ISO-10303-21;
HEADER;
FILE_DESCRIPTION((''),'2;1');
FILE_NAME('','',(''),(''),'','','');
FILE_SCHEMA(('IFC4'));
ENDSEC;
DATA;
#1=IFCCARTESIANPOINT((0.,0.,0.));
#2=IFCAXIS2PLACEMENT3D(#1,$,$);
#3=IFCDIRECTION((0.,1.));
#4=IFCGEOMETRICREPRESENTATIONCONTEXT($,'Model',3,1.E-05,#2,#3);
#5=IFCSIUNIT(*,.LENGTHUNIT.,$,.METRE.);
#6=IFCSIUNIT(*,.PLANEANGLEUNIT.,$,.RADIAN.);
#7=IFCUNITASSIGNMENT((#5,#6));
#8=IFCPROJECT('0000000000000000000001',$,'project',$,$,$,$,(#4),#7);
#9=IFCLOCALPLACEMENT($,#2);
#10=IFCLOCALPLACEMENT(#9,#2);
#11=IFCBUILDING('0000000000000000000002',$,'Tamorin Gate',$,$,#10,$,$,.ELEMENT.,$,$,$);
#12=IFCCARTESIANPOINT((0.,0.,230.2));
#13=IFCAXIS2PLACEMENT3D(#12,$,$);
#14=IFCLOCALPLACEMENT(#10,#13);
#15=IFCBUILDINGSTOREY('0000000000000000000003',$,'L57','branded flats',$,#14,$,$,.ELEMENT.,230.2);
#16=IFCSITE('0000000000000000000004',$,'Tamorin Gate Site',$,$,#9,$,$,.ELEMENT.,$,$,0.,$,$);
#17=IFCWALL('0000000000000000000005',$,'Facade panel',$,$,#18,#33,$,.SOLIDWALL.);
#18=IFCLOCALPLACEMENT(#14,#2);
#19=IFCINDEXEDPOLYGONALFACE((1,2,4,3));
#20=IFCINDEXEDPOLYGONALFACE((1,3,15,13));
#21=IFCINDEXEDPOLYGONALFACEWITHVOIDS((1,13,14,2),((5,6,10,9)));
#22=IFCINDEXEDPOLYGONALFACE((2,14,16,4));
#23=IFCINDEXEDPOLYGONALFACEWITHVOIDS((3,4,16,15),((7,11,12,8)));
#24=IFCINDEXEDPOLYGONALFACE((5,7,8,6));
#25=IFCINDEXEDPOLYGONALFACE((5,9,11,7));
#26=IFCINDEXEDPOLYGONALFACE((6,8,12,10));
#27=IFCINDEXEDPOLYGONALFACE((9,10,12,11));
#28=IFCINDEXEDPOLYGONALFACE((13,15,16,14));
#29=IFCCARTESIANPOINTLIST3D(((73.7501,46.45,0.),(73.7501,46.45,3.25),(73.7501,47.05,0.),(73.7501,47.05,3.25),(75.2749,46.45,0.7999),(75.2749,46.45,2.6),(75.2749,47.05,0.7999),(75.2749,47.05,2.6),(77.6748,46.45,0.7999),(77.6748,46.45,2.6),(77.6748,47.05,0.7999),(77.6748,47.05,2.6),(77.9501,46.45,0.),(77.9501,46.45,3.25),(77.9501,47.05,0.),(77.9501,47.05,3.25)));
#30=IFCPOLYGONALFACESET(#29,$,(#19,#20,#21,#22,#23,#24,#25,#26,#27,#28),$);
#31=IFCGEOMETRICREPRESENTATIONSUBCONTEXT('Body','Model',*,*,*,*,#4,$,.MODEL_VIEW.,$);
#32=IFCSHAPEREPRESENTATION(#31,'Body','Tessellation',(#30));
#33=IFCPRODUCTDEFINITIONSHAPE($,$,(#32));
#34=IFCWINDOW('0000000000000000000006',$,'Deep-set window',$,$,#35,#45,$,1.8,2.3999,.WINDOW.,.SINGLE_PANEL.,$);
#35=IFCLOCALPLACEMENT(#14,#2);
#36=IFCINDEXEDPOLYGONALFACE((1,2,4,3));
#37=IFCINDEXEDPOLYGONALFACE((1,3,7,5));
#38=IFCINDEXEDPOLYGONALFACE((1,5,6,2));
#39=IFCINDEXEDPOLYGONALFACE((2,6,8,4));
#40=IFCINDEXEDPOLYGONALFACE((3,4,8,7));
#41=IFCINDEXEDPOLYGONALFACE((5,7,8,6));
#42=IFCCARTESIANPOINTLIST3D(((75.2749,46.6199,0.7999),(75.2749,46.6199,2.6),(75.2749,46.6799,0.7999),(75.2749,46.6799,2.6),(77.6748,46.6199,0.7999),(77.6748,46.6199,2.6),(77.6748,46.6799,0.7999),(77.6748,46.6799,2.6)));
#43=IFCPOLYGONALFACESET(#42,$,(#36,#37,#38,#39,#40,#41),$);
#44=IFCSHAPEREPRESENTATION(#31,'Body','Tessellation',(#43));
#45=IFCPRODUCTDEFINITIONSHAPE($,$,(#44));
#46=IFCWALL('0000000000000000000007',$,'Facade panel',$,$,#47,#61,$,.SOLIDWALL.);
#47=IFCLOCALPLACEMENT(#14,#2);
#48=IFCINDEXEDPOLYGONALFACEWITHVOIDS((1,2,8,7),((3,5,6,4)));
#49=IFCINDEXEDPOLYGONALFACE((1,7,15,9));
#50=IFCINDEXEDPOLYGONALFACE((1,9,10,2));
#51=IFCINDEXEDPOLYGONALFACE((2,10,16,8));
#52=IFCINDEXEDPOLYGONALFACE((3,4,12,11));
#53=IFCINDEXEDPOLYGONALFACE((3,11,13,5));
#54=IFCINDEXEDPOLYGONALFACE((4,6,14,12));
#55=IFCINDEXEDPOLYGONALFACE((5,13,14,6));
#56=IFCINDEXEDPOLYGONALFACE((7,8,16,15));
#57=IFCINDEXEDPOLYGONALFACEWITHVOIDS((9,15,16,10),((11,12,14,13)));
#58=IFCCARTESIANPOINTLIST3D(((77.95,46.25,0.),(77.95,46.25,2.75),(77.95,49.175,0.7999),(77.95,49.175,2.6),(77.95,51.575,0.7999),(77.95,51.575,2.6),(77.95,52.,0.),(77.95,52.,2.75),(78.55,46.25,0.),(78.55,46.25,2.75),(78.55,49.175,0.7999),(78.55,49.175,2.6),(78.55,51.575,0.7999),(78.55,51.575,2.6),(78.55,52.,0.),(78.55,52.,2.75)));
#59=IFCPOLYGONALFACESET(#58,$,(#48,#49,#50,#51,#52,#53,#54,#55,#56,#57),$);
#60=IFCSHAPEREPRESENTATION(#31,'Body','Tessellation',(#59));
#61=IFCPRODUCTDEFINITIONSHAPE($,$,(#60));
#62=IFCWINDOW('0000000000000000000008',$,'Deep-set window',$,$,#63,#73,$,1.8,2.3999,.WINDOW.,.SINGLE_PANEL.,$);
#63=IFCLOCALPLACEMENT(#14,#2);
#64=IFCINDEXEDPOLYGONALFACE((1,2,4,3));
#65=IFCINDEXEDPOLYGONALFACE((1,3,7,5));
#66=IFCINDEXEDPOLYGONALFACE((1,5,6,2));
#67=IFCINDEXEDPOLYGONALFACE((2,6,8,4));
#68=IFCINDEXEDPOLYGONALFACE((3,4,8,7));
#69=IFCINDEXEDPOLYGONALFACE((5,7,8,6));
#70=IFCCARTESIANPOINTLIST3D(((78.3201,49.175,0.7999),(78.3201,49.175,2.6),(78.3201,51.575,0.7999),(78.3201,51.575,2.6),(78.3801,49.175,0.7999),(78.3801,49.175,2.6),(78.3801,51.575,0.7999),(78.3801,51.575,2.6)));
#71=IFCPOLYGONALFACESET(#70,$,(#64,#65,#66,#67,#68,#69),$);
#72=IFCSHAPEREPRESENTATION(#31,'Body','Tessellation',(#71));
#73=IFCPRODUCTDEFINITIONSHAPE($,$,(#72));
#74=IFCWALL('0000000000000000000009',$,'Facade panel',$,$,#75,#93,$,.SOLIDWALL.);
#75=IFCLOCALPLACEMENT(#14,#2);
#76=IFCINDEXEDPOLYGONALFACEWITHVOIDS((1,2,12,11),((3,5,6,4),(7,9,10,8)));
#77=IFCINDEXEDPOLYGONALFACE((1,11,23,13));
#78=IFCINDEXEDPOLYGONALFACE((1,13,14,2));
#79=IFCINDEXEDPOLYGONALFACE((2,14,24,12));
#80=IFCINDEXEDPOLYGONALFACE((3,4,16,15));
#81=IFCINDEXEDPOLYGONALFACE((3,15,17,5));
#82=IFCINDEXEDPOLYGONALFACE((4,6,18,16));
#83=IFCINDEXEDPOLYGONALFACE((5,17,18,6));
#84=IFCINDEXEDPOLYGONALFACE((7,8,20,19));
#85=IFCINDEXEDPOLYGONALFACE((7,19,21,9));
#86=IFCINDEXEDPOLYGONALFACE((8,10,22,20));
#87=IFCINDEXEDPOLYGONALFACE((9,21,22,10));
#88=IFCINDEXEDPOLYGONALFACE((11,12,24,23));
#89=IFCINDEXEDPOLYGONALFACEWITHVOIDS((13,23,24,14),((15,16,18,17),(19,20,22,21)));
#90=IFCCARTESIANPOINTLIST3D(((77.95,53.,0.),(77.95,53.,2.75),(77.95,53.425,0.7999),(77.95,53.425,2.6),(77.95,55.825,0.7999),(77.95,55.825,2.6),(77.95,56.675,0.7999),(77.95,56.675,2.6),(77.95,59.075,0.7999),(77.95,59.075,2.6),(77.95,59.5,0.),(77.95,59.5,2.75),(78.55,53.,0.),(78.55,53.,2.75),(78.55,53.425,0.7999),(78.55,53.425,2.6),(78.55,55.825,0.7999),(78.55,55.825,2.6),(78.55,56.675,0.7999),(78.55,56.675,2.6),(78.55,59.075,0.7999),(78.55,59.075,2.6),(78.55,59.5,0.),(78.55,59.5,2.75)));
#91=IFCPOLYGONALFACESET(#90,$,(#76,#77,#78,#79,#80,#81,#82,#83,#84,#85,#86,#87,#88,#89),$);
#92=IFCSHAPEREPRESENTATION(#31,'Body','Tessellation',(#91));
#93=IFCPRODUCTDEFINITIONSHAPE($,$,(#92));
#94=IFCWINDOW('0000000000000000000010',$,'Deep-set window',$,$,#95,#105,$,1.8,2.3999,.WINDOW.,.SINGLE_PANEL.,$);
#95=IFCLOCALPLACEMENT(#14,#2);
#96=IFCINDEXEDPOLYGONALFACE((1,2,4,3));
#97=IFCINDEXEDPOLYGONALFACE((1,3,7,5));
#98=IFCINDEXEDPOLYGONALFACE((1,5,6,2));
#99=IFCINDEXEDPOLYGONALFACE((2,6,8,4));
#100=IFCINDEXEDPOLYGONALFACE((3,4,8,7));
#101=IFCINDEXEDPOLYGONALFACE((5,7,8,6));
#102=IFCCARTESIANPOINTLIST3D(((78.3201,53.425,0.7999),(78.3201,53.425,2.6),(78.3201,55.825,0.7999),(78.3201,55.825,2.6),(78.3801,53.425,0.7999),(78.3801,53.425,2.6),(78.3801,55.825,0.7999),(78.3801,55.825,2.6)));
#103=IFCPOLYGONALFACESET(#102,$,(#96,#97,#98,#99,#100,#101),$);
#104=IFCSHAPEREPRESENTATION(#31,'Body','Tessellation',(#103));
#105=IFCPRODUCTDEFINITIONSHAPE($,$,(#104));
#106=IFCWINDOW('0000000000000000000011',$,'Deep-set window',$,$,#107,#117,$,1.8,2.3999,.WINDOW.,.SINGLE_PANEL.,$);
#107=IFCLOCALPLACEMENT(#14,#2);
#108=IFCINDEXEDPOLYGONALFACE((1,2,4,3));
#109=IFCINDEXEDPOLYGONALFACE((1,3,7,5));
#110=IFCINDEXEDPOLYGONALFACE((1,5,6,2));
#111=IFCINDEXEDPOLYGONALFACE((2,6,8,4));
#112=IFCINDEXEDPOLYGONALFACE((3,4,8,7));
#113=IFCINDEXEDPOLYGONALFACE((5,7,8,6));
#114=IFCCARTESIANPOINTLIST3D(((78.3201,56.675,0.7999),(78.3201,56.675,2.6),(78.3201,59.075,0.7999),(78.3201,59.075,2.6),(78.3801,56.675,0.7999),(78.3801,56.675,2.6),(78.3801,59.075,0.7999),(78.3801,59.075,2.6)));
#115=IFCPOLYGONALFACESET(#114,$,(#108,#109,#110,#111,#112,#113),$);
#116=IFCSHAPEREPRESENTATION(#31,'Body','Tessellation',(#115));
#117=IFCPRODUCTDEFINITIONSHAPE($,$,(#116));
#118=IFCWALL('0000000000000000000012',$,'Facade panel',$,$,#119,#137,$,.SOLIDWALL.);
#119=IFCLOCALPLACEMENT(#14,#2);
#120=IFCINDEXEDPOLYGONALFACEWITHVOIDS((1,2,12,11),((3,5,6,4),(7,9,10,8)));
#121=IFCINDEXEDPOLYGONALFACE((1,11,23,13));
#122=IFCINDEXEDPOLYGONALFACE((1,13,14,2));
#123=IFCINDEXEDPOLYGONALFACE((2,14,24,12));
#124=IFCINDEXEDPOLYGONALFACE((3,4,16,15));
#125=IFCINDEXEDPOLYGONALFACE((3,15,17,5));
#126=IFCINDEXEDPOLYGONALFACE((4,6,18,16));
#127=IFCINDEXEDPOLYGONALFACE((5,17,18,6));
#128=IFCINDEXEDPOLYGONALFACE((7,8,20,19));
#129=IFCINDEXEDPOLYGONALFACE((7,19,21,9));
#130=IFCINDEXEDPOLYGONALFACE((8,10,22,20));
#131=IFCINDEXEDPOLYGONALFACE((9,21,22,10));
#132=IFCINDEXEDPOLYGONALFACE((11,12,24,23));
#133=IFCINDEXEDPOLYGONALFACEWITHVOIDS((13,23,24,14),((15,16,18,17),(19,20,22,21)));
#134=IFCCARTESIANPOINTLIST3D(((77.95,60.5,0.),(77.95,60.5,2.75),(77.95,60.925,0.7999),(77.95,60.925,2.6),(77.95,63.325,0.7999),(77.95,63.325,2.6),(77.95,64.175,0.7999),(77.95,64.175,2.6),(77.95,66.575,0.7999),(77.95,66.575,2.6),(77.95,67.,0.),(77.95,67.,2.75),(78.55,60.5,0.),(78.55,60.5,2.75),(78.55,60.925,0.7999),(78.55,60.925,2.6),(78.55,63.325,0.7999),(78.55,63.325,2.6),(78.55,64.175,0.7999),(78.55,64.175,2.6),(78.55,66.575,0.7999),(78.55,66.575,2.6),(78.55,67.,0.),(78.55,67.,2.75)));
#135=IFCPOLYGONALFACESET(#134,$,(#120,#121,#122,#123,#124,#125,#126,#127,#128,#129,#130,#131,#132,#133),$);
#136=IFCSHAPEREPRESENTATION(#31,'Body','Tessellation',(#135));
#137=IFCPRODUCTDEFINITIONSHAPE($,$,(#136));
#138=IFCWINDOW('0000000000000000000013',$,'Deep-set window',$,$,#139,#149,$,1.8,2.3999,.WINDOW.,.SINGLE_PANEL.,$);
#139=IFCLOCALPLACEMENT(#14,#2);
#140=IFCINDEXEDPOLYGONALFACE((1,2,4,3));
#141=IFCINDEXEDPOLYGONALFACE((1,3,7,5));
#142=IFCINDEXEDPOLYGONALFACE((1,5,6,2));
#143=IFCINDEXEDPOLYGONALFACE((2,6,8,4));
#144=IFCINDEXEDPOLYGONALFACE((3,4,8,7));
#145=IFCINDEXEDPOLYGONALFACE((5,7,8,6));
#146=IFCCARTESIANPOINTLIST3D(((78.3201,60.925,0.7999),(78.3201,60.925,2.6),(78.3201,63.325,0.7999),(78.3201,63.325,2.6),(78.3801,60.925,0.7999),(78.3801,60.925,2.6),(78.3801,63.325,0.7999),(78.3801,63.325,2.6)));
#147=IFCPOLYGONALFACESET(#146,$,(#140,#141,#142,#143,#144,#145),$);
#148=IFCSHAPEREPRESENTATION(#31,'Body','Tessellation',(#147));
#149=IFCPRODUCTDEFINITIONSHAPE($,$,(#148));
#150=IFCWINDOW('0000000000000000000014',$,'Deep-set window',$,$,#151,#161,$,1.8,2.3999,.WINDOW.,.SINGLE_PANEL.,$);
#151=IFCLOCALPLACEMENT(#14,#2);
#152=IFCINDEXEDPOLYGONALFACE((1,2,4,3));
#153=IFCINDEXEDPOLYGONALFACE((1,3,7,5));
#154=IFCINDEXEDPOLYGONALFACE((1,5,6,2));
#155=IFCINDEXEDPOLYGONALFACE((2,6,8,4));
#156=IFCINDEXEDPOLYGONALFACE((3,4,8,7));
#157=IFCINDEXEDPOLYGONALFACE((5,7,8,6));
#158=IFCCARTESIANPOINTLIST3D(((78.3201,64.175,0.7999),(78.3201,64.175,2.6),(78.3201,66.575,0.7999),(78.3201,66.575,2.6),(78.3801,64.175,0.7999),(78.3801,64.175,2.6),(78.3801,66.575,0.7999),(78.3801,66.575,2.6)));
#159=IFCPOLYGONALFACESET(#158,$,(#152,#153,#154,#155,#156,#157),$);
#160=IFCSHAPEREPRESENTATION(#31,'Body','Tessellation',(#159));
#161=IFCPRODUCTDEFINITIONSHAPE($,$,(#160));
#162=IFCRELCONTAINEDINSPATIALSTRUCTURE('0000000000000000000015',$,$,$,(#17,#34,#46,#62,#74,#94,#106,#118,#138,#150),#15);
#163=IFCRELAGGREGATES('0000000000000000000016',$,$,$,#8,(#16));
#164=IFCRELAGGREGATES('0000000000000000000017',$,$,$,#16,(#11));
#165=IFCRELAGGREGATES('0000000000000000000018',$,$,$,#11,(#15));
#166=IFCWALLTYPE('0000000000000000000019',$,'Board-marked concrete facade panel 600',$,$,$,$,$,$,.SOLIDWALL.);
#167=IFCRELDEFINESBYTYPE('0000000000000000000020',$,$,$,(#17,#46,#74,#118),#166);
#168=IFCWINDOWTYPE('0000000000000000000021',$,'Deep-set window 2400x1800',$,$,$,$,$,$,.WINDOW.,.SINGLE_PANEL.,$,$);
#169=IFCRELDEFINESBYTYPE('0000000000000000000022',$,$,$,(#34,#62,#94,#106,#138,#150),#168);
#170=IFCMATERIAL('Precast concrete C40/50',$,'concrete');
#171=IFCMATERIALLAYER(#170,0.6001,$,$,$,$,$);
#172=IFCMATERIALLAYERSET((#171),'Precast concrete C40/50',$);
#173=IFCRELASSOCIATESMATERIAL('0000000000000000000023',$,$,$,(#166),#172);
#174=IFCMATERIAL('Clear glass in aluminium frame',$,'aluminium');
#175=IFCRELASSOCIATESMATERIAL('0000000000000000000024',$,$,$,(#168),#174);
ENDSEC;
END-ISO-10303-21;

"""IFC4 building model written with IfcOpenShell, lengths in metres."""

from ifc_helpers import new_model, si_unit, direction, frame, frame_2d, origin, place, context, subcontext, project, spatial, rectangle, extrude, material, layer, layer_set, type_object, element, fill, save


model = new_model("IFC4")

# Units and contexts
model_context = context("Model", 3, precision=1e-05, world=origin(), true_north=direction((0.0, 1.0)))
body_context = subcontext(model_context, "Body", "Model", "MODEL_VIEW")
ifc_project = project(units=[si_unit("LENGTHUNIT", "METRE"), si_unit("PLANEANGLEUNIT", "RADIAN")], contexts=[model_context])

# Site, building, storey
site_placement = place(None, origin())
site = spatial("IfcSite", under=ifc_project, at=site_placement, Name="Tamorin Gate Site", CompositionType="ELEMENT", RefElevation=0.0)
building_placement = place(site_placement, origin())
building = spatial("IfcBuilding", under=site, at=building_placement, Name="Tamorin Gate", CompositionType="ELEMENT")
storey_placement = place(building_placement, frame((0.0, 0.0, 230.2)))
storey = spatial("IfcBuildingStorey", under=building, at=storey_placement, Name="L57", Description="branded flats", CompositionType="ELEMENT", Elevation=230.2)

# Walls, openings, windows
ifc_material_1 = material(Name="Precast concrete C40/50", Category="concrete")
ifc_layer = layer(ifc_material_1, 0.6001)
ifc_layer_set = layer_set([ifc_layer], Name="Precast concrete C40/50")
wall_type = type_object("IfcWallType", Name="Board-marked concrete facade panel 600", PredefinedType="SOLIDWALL", material=ifc_layer_set)
ifc_material_2 = material(Name="Clear glass in aluminium frame", Category="aluminium")
window_type = type_object("IfcWindowType", Name="Deep-set window 2400x1800", PartitioningType="SINGLE_PANEL", PredefinedType="WINDOW", material=ifc_material_2)
wall_1_placement = place(storey_placement, frame((73.75, 46.75, 0.0), z_axis=(0.0, 0.0, 1.0), x_axis=(1.0, 0.0, 0.0)))
wall_1 = element("IfcWall", 1, at=wall_1_placement, inside=storey, type_object=wall_type, Name="Facade panel", PredefinedType="SOLIDWALL", context=body_context, shape_type="SweptSolid", body=[
    extrude(rectangle(XDim=4.2, YDim=0.6001, at=frame_2d((2.1001, 0.0))), origin(), (0.0, 0.0, 1.0), 3.25),
])
opening_1_placement = place(wall_1_placement, frame((1.5249, 0.0, 0.8)))
opening_1 = element("IfcOpeningElement", 2, at=opening_1_placement, cuts=wall_1, PredefinedType="OPENING", context=body_context, shape_type="SweptSolid", body=[
    extrude(rectangle(XDim=2.3999, YDim=1.8, at=frame_2d((1.2, 0.8999))), frame((0.0, 0.3101, 0.0), z_axis=(0.0, -1.0, 0.0), x_axis=(1.0, 0.0, 0.0)), (0.0, 0.0, 1.0), 0.6201),
])
window_1_placement = place(opening_1_placement, origin())
window_1 = element("IfcWindow", 3, at=window_1_placement, inside=storey, type_object=window_type, Name="Deep-set window", OverallHeight=1.8, OverallWidth=2.3999, PartitioningType="SINGLE_PANEL", PredefinedType="WINDOW", context=body_context, shape_type="SweptSolid", body=[
    extrude(rectangle(XDim=2.3999, YDim=1.8, at=frame_2d((1.2, 0.8999))), frame((0.0, -0.0701, 0.0), z_axis=(0.0, -1.0, 0.0), x_axis=(1.0, 0.0, 0.0)), (0.0, 0.0, 1.0), 0.0601),
])
fill(opening_1, window_1)
wall_2_placement = place(storey_placement, frame((78.25, 46.25, 0.0), z_axis=(0.0, 0.0, 1.0), x_axis=(0.0, 1.0, 0.0)))
wall_2 = element("IfcWall", 4, at=wall_2_placement, inside=storey, type_object=wall_type, Name="Facade panel", PredefinedType="SOLIDWALL", context=body_context, shape_type="SweptSolid", body=[
    extrude(rectangle(XDim=5.75, YDim=0.6001, at=frame_2d((2.875, 0.0))), origin(), (0.0, 0.0, 1.0), 2.75),
])
opening_2_placement = place(wall_2_placement, frame((2.925, 0.0, 0.8)))
opening_2 = element("IfcOpeningElement", 5, at=opening_2_placement, cuts=wall_2, PredefinedType="OPENING", context=body_context, shape_type="SweptSolid", body=[
    extrude(rectangle(XDim=2.3999, YDim=1.8, at=frame_2d((1.2, 0.8999))), frame((0.0, 0.3101, 0.0), z_axis=(0.0, -1.0, 0.0), x_axis=(1.0, 0.0, 0.0)), (0.0, 0.0, 1.0), 0.6201),
])
window_2_placement = place(opening_2_placement, origin())
window_2 = element("IfcWindow", 6, at=window_2_placement, inside=storey, type_object=window_type, Name="Deep-set window", OverallHeight=1.8, OverallWidth=2.3999, PartitioningType="SINGLE_PANEL", PredefinedType="WINDOW", context=body_context, shape_type="SweptSolid", body=[
    extrude(rectangle(XDim=2.3999, YDim=1.8, at=frame_2d((1.2, 0.8999))), frame((0.0, -0.0701, 0.0), z_axis=(0.0, -1.0, 0.0), x_axis=(1.0, 0.0, 0.0)), (0.0, 0.0, 1.0), 0.0601),
])
fill(opening_2, window_2)

# Walls, openings, windows
wall_3_placement = place(storey_placement, frame((78.25, 53.0, 0.0), z_axis=(0.0, 0.0, 1.0), x_axis=(0.0, 1.0, 0.0)))
wall_3 = element("IfcWall", 7, at=wall_3_placement, inside=storey, type_object=wall_type, Name="Facade panel", PredefinedType="SOLIDWALL", context=body_context, shape_type="SweptSolid", body=[
    extrude(rectangle(XDim=6.5, YDim=0.6001, at=frame_2d((3.25, 0.0))), origin(), (0.0, 0.0, 1.0), 2.75),
])
opening_3_placement = place(wall_3_placement, frame((0.425, 0.0, 0.8)))
opening_3 = element("IfcOpeningElement", 8, at=opening_3_placement, cuts=wall_3, PredefinedType="OPENING", context=body_context, shape_type="SweptSolid", body=[
    extrude(rectangle(XDim=2.3999, YDim=1.8, at=frame_2d((1.2, 0.8999))), frame((0.0, 0.3101, 0.0), z_axis=(0.0, -1.0, 0.0), x_axis=(1.0, 0.0, 0.0)), (0.0, 0.0, 1.0), 0.6201),
])
opening_4_placement = place(wall_3_placement, frame((3.675, 0.0, 0.8)))
opening_4 = element("IfcOpeningElement", 9, at=opening_4_placement, cuts=wall_3, PredefinedType="OPENING", context=body_context, shape_type="SweptSolid", body=[
    extrude(rectangle(XDim=2.3999, YDim=1.8, at=frame_2d((1.2, 0.8999))), frame((0.0, 0.3101, 0.0), z_axis=(0.0, -1.0, 0.0), x_axis=(1.0, 0.0, 0.0)), (0.0, 0.0, 1.0), 0.6201),
])
window_3_placement = place(opening_3_placement, origin())
window_3 = element("IfcWindow", 10, at=window_3_placement, inside=storey, type_object=window_type, Name="Deep-set window", OverallHeight=1.8, OverallWidth=2.3999, PartitioningType="SINGLE_PANEL", PredefinedType="WINDOW", context=body_context, shape_type="SweptSolid", body=[
    extrude(rectangle(XDim=2.3999, YDim=1.8, at=frame_2d((1.2, 0.8999))), frame((0.0, -0.0701, 0.0), z_axis=(0.0, -1.0, 0.0), x_axis=(1.0, 0.0, 0.0)), (0.0, 0.0, 1.0), 0.0601),
])
fill(opening_3, window_3)
window_4_placement = place(opening_4_placement, origin())
window_4 = element("IfcWindow", 11, at=window_4_placement, inside=storey, type_object=window_type, Name="Deep-set window", OverallHeight=1.8, OverallWidth=2.3999, PartitioningType="SINGLE_PANEL", PredefinedType="WINDOW", context=body_context, shape_type="SweptSolid", body=[
    extrude(rectangle(XDim=2.3999, YDim=1.8, at=frame_2d((1.2, 0.8999))), frame((0.0, -0.0701, 0.0), z_axis=(0.0, -1.0, 0.0), x_axis=(1.0, 0.0, 0.0)), (0.0, 0.0, 1.0), 0.0601),
])
fill(opening_4, window_4)
wall_4_placement = place(storey_placement, frame((78.25, 60.5, 0.0), z_axis=(0.0, 0.0, 1.0), x_axis=(0.0, 1.0, 0.0)))
wall_4 = element("IfcWall", 12, at=wall_4_placement, inside=storey, type_object=wall_type, Name="Facade panel", PredefinedType="SOLIDWALL", context=body_context, shape_type="SweptSolid", body=[
    extrude(rectangle(XDim=6.5, YDim=0.6001, at=frame_2d((3.25, 0.0))), origin(), (0.0, 0.0, 1.0), 2.75),
])
opening_5_placement = place(wall_4_placement, frame((0.425, 0.0, 0.8)))
opening_5 = element("IfcOpeningElement", 13, at=opening_5_placement, cuts=wall_4, PredefinedType="OPENING", context=body_context, shape_type="SweptSolid", body=[
    extrude(rectangle(XDim=2.3999, YDim=1.8, at=frame_2d((1.2, 0.8999))), frame((0.0, 0.3101, 0.0), z_axis=(0.0, -1.0, 0.0), x_axis=(1.0, 0.0, 0.0)), (0.0, 0.0, 1.0), 0.6201),
])
opening_6_placement = place(wall_4_placement, frame((3.675, 0.0, 0.8)))
opening_6 = element("IfcOpeningElement", 14, at=opening_6_placement, cuts=wall_4, PredefinedType="OPENING", context=body_context, shape_type="SweptSolid", body=[
    extrude(rectangle(XDim=2.3999, YDim=1.8, at=frame_2d((1.2, 0.8999))), frame((0.0, 0.3101, 0.0), z_axis=(0.0, -1.0, 0.0), x_axis=(1.0, 0.0, 0.0)), (0.0, 0.0, 1.0), 0.6201),
])
window_5_placement = place(opening_5_placement, origin())
window_5 = element("IfcWindow", 15, at=window_5_placement, inside=storey, type_object=window_type, Name="Deep-set window", OverallHeight=1.8, OverallWidth=2.3999, PartitioningType="SINGLE_PANEL", PredefinedType="WINDOW", context=body_context, shape_type="SweptSolid", body=[
    extrude(rectangle(XDim=2.3999, YDim=1.8, at=frame_2d((1.2, 0.8999))), frame((0.0, -0.0701, 0.0), z_axis=(0.0, -1.0, 0.0), x_axis=(1.0, 0.0, 0.0)), (0.0, 0.0, 1.0), 0.0601),
])
fill(opening_5, window_5)
window_6_placement = place(opening_6_placement, origin())
window_6 = element("IfcWindow", 16, at=window_6_placement, inside=storey, type_object=window_type, Name="Deep-set window", OverallHeight=1.8, OverallWidth=2.3999, PartitioningType="SINGLE_PANEL", PredefinedType="WINDOW", context=body_context, shape_type="SweptSolid", body=[
    extrude(rectangle(XDim=2.3999, YDim=1.8, at=frame_2d((1.2, 0.8999))), frame((0.0, -0.0701, 0.0), z_axis=(0.0, -1.0, 0.0), x_axis=(1.0, 0.0, 0.0)), (0.0, 0.0, 1.0), 0.0601),
])
fill(opening_6, window_6)

save(model, "model.ifc")
